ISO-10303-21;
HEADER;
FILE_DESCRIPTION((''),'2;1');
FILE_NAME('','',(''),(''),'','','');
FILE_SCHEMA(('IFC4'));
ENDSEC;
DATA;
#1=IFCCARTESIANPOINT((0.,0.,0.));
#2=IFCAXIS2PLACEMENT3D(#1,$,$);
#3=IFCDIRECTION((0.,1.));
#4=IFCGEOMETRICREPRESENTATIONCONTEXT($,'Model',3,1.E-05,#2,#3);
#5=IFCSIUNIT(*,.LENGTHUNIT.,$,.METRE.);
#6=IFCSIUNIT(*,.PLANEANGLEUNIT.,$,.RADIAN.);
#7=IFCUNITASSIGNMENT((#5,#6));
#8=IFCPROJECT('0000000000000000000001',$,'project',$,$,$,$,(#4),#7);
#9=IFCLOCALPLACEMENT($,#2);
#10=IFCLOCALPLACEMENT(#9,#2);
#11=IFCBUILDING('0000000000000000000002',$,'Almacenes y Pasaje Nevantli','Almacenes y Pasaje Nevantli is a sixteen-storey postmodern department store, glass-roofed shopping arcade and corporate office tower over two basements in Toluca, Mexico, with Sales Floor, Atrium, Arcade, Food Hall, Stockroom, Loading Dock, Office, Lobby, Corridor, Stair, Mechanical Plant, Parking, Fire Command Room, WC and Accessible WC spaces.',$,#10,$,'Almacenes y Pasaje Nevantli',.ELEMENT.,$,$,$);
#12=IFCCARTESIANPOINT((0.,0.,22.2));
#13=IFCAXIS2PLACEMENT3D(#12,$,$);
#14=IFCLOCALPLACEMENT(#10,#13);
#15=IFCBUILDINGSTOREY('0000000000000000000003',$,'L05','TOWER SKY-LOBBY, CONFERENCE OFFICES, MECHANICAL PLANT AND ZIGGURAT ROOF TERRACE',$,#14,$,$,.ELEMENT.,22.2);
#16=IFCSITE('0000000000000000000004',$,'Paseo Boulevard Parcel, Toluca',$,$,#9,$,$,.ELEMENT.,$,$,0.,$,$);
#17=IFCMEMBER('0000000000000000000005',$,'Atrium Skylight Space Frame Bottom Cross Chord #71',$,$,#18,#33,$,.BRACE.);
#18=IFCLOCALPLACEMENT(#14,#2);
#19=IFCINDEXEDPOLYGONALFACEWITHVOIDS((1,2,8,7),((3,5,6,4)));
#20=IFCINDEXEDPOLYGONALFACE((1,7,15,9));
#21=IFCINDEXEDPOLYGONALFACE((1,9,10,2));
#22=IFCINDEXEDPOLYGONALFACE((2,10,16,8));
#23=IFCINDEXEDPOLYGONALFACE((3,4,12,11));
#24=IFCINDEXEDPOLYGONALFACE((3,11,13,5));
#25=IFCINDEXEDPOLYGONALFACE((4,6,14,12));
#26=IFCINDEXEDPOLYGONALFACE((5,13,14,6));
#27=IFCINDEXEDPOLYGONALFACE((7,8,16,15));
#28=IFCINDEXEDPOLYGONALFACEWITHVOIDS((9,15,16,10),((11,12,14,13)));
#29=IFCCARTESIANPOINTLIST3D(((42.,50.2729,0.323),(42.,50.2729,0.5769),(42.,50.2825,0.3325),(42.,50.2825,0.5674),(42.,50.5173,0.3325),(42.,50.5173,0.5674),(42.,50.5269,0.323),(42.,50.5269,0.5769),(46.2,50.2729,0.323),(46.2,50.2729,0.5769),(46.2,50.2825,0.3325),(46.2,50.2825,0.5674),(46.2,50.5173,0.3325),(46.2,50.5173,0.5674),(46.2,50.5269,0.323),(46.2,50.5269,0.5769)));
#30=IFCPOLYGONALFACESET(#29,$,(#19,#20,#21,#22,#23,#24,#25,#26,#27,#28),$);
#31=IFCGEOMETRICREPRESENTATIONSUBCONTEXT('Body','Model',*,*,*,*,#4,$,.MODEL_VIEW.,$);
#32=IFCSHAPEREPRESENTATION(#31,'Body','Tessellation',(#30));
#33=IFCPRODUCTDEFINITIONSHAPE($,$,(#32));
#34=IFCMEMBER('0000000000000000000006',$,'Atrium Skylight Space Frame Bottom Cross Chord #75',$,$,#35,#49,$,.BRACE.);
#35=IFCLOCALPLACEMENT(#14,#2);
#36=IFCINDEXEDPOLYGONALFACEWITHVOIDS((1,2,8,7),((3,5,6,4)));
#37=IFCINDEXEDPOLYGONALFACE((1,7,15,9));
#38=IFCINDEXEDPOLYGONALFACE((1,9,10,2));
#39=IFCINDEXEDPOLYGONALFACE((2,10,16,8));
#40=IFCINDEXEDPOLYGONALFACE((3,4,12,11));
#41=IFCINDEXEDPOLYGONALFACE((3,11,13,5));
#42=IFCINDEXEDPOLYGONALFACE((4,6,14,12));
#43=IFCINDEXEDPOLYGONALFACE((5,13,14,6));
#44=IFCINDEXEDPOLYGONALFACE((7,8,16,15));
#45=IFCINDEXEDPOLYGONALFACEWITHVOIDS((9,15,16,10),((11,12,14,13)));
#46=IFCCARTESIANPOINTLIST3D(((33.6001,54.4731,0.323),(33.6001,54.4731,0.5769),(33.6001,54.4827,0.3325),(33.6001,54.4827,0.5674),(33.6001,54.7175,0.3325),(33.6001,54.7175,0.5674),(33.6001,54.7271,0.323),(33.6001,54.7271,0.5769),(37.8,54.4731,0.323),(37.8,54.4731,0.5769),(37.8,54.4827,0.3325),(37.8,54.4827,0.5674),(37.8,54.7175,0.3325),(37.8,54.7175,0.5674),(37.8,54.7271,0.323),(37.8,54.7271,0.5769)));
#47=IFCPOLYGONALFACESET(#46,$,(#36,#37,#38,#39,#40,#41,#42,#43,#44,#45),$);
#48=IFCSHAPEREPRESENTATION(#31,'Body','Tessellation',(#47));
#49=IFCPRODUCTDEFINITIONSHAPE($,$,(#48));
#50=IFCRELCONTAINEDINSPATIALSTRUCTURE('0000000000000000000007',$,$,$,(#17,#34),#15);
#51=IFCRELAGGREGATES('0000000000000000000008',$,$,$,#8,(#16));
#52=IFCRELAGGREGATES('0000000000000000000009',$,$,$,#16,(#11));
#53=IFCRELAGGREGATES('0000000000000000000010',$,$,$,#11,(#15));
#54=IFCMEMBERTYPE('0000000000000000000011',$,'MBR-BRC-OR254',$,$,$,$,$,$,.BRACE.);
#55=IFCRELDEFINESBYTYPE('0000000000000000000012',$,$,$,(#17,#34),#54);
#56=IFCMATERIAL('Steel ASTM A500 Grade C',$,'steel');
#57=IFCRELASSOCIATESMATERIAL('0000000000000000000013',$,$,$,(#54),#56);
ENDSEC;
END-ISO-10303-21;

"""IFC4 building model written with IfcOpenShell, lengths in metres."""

from ifc_helpers import new_model, si_unit, direction, frame, origin, origin_2d, place, context, subcontext, project, spatial, hollow_rectangle, extrude, material, material_profile, profile_set, type_object, element, save


model = new_model("IFC4")

# Units and contexts
model_context = context("Model", 3, precision=1e-05, world=origin(), true_north=direction((0.0, 1.0)))
body_context = subcontext(model_context, "Body", "Model", "MODEL_VIEW")
ifc_project = project(units=[si_unit("LENGTHUNIT", "METRE"), si_unit("PLANEANGLEUNIT", "RADIAN")], contexts=[model_context])

# Site, building, storey
site_placement = place(None, origin())
site = spatial("IfcSite", under=ifc_project, at=site_placement, Name="Paseo Boulevard Parcel, Toluca", CompositionType="ELEMENT", RefElevation=0.0)
building_placement = place(site_placement, origin())
building = spatial("IfcBuilding", under=site, at=building_placement, Name="Almacenes y Pasaje Nevantli", Description="Almacenes y Pasaje Nevantli is a sixteen-storey postmodern department store, glass-roofed shopping arcade and corporate office tower over two basements in Toluca, Mexico, with Sales Floor, Atrium, Arcade, Food Hall, Stockroom, Loading Dock, Office, Lobby, Corridor, Stair, Mechanical Plant, Parking, Fire Command Room, WC and Accessible WC spaces.", LongName="Almacenes y Pasaje Nevantli", CompositionType="ELEMENT")
storey_placement = place(building_placement, frame((0.0, 0.0, 22.2)))
storey = spatial("IfcBuildingStorey", under=building, at=storey_placement, Name="L05", Description="TOWER SKY-LOBBY, CONFERENCE OFFICES, MECHANICAL PLANT AND ZIGGURAT ROOF TERRACE", CompositionType="ELEMENT", Elevation=22.2)

# Members
ifc_material_1 = material(Name="Steel ASTM A500 Grade C", Category="steel")
ifc_material_profile_1 = material_profile(ifc_material_1, hollow_rectangle(XDim=0.2539, YDim=0.2539, WallThickness=0.0095, at=origin_2d()), Name="OR 254x254x9.5")
ifc_profile_set_1 = profile_set([ifc_material_profile_1], Name="Steel ASTM A500 Grade C")
member_type_1 = type_object("IfcMemberType", Name="MBR-BRC-OR254", PredefinedType="BRACE", material=ifc_profile_set_1)
for number, where, z_axis, x_axis, name in (
    (1, (42.0, 50.3999, 0.45), (1.0, 0.0, 0.0), (0.0, 1.0, 0.0), "Atrium Skylight Space Frame Bottom Cross Chord #71"),
    (2, (33.6001, 54.6001, 0.45), (1.0, 0.0, 0.0), (0.0, 1.0, 0.0), "Atrium Skylight Space Frame Bottom Cross Chord #75"),
):
    element("IfcMember", number, at=place(storey_placement, frame(where, z_axis=z_axis, x_axis=x_axis)), inside=storey, type_object=member_type_1, Name=name, PredefinedType="BRACE", context=body_context, shape_type="SweptSolid", body=[
        extrude(hollow_rectangle(XDim=0.2539, YDim=0.2539, WallThickness=0.0095, at=origin_2d()), origin(), (0.0, 0.0, 1.0), 4.2),
    ])

save(model, "model.ifc")
